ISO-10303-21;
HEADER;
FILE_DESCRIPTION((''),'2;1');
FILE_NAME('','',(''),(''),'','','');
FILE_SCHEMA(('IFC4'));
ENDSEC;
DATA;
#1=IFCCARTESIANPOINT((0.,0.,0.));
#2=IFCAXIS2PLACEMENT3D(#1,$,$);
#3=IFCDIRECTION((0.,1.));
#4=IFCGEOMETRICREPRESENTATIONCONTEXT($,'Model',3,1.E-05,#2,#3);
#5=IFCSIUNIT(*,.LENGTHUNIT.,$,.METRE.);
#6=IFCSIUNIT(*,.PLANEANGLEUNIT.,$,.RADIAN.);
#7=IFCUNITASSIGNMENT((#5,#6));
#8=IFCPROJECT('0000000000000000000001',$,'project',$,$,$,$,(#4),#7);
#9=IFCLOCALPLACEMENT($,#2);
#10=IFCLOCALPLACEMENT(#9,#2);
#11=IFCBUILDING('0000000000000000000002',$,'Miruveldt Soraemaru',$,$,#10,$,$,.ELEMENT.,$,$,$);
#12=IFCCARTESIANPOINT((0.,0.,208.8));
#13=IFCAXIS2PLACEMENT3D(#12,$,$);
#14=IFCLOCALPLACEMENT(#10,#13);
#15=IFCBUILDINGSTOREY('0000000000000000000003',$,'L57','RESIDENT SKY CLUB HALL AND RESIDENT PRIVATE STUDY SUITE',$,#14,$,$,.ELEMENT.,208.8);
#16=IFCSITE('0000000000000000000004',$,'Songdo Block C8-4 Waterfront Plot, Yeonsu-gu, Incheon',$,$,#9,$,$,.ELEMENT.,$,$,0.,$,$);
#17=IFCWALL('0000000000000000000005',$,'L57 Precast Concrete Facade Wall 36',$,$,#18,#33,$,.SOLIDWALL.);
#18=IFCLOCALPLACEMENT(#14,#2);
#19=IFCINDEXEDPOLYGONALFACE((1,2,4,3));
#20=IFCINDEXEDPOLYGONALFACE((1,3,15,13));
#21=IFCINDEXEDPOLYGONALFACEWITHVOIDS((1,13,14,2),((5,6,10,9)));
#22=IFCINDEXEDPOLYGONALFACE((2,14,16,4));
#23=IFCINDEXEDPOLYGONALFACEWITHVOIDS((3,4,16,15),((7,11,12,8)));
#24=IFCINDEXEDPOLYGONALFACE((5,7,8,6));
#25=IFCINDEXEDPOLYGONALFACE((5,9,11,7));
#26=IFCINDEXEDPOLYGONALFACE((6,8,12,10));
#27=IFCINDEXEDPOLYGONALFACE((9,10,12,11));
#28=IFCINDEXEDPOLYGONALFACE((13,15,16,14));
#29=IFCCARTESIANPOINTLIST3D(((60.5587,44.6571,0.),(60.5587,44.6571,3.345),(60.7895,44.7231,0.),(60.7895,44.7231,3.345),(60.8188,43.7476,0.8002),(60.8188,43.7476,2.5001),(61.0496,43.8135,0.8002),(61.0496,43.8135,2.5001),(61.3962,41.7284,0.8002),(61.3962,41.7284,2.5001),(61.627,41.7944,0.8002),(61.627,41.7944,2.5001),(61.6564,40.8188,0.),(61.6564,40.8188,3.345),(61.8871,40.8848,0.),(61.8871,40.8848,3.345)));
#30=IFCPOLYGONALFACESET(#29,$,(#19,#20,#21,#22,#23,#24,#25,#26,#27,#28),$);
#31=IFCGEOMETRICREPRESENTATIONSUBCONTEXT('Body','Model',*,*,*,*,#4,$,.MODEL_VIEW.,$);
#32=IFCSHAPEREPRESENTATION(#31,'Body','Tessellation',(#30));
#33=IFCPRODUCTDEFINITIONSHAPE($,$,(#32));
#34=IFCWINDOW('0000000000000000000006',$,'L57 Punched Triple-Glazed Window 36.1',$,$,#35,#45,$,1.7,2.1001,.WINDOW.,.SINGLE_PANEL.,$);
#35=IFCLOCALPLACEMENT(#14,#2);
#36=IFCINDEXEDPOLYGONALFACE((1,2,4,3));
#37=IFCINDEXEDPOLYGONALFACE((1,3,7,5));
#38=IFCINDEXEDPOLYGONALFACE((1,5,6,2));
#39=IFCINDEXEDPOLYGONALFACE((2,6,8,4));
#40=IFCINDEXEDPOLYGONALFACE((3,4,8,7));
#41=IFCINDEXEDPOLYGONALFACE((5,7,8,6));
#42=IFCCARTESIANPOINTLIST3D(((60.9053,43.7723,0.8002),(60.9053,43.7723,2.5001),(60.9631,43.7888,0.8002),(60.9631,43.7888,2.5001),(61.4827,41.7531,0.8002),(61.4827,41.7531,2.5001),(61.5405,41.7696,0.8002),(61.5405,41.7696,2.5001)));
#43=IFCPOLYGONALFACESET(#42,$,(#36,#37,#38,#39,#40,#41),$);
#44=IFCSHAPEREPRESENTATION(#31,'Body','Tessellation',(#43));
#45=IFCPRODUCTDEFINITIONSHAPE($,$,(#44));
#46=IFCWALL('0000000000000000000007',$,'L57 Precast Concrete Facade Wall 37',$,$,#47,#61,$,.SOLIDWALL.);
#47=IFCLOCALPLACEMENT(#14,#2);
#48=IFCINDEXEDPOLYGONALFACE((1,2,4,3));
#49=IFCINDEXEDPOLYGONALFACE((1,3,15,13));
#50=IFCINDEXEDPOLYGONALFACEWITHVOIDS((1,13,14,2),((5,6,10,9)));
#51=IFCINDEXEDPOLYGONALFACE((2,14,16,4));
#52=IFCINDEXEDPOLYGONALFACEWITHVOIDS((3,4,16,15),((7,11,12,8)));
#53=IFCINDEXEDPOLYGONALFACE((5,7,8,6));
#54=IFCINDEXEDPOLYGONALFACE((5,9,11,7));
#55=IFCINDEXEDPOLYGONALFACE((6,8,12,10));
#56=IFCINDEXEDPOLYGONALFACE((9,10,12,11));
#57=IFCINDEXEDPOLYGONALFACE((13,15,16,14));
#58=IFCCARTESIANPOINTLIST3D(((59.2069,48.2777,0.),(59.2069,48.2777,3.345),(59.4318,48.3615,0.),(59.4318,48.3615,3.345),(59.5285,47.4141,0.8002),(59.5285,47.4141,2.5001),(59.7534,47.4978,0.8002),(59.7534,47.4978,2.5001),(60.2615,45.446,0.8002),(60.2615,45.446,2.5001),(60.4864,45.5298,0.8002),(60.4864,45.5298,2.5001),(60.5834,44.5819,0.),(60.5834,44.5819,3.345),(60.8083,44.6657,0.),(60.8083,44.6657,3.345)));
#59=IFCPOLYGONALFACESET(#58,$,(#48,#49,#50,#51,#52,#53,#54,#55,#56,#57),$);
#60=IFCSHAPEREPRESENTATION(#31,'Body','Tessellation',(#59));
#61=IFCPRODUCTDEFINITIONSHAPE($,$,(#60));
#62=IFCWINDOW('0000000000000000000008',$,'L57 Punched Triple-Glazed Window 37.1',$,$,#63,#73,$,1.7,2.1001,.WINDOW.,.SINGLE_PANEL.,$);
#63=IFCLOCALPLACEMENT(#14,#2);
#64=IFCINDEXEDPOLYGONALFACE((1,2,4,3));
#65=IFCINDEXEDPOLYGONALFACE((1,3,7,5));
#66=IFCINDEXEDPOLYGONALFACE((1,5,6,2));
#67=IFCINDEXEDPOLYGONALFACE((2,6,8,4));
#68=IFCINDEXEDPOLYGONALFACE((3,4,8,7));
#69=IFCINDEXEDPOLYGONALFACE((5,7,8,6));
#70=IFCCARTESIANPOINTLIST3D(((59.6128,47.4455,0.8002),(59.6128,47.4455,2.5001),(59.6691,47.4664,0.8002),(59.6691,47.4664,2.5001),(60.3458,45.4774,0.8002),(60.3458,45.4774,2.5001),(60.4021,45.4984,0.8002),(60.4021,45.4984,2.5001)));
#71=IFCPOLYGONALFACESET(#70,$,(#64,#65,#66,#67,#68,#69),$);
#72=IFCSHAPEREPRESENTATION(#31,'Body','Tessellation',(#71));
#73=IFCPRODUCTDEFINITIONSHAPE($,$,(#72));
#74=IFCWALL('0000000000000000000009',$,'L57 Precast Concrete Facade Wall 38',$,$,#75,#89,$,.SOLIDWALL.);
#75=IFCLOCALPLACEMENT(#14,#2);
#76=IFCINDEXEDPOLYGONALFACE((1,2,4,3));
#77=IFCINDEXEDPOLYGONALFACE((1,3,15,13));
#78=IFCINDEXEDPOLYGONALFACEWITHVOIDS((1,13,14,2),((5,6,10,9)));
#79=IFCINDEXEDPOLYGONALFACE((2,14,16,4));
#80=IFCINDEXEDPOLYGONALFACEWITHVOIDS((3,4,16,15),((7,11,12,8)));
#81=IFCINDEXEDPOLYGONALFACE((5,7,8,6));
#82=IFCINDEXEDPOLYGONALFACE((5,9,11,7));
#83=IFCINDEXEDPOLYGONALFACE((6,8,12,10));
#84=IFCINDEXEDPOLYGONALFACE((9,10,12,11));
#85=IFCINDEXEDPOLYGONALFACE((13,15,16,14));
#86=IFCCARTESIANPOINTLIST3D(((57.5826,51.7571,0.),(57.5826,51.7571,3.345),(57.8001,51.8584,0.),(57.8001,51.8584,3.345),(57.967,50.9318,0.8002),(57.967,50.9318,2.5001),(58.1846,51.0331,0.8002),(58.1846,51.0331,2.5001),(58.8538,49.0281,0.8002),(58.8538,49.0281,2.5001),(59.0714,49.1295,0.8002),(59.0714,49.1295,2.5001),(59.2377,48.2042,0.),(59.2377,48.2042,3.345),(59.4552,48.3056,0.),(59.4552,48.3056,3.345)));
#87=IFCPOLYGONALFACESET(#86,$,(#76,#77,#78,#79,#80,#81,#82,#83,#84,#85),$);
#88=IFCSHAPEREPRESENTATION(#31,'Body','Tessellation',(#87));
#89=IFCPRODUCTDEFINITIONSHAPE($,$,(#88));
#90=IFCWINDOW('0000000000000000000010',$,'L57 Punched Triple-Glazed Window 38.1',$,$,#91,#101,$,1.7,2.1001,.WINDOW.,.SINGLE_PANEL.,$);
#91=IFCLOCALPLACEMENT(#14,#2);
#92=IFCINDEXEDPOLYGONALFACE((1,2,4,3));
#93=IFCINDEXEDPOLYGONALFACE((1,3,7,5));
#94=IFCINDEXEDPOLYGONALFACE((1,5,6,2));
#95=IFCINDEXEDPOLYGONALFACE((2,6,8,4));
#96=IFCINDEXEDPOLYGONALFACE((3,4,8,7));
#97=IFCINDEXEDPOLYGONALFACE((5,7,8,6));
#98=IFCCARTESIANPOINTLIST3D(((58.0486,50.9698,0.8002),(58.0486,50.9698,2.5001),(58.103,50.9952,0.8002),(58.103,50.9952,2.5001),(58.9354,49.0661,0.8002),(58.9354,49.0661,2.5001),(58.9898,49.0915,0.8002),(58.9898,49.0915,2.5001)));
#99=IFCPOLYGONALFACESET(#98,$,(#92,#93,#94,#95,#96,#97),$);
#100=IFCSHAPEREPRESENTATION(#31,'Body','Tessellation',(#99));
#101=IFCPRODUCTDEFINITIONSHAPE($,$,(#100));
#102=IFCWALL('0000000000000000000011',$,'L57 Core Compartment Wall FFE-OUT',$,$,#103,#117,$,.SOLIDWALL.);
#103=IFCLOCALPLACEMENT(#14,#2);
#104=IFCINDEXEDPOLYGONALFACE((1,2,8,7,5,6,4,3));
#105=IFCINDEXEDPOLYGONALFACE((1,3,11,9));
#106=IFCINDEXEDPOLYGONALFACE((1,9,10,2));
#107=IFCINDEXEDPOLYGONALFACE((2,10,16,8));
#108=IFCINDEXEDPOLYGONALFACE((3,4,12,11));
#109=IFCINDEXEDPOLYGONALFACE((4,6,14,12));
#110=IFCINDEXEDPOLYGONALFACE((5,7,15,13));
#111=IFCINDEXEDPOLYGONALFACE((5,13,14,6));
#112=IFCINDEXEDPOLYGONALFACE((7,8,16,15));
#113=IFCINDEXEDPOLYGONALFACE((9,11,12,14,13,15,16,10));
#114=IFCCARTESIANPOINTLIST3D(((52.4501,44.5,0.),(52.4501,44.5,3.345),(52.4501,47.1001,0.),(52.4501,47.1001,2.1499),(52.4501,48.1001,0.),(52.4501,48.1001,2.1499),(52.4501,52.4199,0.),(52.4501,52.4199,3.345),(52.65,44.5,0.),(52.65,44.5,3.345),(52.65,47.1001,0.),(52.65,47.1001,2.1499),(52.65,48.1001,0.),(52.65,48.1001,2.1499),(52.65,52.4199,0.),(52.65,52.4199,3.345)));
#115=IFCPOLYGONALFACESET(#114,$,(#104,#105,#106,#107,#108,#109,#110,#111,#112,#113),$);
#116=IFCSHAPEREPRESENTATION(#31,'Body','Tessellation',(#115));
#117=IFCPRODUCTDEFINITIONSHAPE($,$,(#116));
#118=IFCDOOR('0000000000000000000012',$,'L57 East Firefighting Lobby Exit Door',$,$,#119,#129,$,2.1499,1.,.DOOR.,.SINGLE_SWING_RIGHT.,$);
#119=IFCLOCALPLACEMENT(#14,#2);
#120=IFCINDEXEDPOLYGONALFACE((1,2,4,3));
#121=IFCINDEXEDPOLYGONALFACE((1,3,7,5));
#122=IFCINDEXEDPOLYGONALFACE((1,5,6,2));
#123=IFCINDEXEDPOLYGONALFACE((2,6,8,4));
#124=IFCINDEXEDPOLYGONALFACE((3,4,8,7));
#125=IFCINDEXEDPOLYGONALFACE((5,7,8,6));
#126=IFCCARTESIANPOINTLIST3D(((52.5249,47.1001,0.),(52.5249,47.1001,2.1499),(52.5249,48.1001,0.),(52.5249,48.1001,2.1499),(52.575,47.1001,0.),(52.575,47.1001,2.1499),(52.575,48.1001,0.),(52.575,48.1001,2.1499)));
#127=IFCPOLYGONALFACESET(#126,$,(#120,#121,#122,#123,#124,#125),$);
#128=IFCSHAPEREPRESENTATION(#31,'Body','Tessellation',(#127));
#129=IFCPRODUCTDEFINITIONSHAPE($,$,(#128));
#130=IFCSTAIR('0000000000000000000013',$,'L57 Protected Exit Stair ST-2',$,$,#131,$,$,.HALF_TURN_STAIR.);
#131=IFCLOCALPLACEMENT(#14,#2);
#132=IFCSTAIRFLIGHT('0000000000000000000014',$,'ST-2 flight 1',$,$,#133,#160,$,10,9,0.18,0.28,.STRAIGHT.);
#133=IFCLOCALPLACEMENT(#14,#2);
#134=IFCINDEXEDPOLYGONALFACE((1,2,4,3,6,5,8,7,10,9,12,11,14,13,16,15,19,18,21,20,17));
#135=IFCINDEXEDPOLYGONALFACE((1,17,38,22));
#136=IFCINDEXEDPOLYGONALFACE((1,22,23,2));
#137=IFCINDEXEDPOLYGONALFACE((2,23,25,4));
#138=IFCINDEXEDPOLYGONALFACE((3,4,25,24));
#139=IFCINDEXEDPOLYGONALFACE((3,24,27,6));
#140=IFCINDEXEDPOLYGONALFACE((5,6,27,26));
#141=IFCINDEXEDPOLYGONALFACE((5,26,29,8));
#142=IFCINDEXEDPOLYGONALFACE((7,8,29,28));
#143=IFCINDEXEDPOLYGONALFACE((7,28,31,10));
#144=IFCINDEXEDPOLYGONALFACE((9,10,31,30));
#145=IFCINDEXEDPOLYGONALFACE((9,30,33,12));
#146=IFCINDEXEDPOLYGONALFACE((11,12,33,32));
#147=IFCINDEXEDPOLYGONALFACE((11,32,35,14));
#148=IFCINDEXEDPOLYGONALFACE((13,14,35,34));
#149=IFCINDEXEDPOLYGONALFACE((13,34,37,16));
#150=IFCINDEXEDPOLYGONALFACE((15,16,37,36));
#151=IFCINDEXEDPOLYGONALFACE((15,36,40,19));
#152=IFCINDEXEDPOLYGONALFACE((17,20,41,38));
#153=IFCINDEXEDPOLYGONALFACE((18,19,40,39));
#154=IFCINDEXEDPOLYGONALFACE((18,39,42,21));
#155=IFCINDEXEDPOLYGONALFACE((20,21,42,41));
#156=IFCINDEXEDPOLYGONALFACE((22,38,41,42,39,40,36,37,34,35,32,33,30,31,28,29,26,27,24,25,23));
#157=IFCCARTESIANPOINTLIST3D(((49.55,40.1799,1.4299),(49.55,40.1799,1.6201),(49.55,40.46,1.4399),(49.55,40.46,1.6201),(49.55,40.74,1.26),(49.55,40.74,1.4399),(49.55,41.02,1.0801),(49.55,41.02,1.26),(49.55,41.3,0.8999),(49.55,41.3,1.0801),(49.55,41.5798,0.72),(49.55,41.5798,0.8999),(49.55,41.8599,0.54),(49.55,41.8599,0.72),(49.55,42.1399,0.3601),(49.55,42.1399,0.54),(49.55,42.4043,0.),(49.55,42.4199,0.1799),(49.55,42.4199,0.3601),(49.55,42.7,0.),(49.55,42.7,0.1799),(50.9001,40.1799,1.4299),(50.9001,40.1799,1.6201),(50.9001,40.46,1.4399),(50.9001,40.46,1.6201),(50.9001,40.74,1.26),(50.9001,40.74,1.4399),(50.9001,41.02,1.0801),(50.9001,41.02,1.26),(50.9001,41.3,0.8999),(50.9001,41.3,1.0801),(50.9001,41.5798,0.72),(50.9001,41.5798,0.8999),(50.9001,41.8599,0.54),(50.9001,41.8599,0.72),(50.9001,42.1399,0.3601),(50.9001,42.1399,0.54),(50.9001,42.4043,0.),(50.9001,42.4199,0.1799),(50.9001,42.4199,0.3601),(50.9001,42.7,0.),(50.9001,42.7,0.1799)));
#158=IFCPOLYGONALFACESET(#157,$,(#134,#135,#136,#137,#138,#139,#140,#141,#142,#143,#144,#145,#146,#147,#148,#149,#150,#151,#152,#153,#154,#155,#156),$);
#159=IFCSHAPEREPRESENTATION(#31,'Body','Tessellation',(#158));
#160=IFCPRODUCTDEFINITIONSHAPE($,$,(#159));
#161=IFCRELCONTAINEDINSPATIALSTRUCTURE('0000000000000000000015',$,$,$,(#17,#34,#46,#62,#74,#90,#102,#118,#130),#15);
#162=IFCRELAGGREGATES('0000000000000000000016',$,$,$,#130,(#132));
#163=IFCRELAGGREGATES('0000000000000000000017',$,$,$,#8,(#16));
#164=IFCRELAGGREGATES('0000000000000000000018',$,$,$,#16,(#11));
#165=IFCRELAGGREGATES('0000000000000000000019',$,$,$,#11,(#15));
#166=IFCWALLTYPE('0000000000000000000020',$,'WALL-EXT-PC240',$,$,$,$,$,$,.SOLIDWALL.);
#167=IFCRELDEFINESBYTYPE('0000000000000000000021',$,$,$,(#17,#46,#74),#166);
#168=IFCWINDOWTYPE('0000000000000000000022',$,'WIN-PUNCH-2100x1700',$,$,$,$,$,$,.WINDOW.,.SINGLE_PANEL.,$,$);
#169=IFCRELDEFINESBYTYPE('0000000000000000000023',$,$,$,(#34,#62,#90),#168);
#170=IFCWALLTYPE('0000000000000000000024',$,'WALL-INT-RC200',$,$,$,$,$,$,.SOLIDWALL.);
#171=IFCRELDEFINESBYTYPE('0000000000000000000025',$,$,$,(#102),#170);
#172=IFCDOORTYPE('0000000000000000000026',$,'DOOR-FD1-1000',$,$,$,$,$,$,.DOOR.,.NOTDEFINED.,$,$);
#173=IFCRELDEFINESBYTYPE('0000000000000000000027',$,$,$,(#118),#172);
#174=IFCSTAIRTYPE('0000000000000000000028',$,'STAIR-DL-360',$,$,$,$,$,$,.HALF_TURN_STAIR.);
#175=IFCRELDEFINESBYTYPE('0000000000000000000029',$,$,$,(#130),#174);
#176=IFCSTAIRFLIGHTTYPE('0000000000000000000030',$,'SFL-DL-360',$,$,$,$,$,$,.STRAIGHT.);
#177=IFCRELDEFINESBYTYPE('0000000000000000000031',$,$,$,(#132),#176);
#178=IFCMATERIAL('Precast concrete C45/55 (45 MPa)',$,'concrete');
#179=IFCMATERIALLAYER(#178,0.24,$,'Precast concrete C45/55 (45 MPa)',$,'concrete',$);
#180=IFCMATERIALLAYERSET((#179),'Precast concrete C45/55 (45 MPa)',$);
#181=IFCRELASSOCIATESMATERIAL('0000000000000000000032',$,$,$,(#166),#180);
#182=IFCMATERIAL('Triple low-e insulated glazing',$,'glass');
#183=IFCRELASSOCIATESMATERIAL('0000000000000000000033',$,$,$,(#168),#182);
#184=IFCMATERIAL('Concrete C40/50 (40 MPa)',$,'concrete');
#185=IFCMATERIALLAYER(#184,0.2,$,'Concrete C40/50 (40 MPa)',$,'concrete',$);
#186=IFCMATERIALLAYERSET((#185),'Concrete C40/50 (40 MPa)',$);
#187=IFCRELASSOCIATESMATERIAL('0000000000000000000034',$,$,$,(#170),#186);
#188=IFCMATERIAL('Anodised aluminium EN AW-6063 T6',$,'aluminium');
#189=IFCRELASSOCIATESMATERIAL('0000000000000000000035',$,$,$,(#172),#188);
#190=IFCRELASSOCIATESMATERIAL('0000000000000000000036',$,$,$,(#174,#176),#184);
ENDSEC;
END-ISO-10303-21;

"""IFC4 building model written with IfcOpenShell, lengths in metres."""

from ifc_helpers import new_model, si_unit, direction, frame, frame_2d, origin, place, context, subcontext, project, spatial, polyline, rectangle, outline, extrude, material, layer, layer_set, type_object, element, fill, aggregate, save


model = new_model("IFC4")

# Units and contexts
model_context = context("Model", 3, precision=1e-05, world=origin(), true_north=direction((0.0, 1.0)))
body_context = subcontext(model_context, "Body", "Model", "MODEL_VIEW")
ifc_project = project(units=[si_unit("LENGTHUNIT", "METRE"), si_unit("PLANEANGLEUNIT", "RADIAN")], contexts=[model_context])

# Site, building, storey
site_placement = place(None, origin())
site = spatial("IfcSite", under=ifc_project, at=site_placement, Name="Songdo Block C8-4 Waterfront Plot, Yeonsu-gu, Incheon", CompositionType="ELEMENT", RefElevation=0.0)
building_placement = place(site_placement, origin())
building = spatial("IfcBuilding", under=site, at=building_placement, Name="Miruveldt Soraemaru", CompositionType="ELEMENT")
storey_placement = place(building_placement, frame((0.0, 0.0, 208.8)))
storey = spatial("IfcBuildingStorey", under=building, at=storey_placement, Name="L57", Description="RESIDENT SKY CLUB HALL AND RESIDENT PRIVATE STUDY SUITE", CompositionType="ELEMENT", Elevation=208.8)

# Walls, openings, windows
ifc_material_1 = material(Name="Precast concrete C45/55 (45 MPa)", Category="concrete")
ifc_layer_1 = layer(ifc_material_1, 0.24, Name="Precast concrete C45/55 (45 MPa)", Category="concrete")
ifc_layer_set_1 = layer_set([ifc_layer_1], Name="Precast concrete C45/55 (45 MPa)")
wall_type_1 = type_object("IfcWallType", Name="WALL-EXT-PC240", PredefinedType="SOLIDWALL", material=ifc_layer_set_1)
wall_1_placement = place(storey_placement, frame((61.7717, 40.8518, 0.0), z_axis=(0.0, 0.0, 1.0), x_axis=(-0.274947, 0.961459, 0.0)))
wall_1 = element("IfcWall", 1, at=wall_1_placement, inside=storey, type_object=wall_type_1, Name="L57 Precast Concrete Facade Wall 36", PredefinedType="SOLIDWALL", context=body_context, shape_type="SweptSolid", body=[
    extrude(rectangle(XDim=3.9922, YDim=0.24, at=frame_2d((1.9961, 0.0))), origin(), (0.0, 0.0, 1.0), 3.345),
])
opening_1_placement = place(wall_1_placement, frame((0.946, 0.0, 0.8)))
opening_1 = element("IfcOpeningElement", 2, at=opening_1_placement, cuts=wall_1, PredefinedType="OPENING", context=body_context, shape_type="SweptSolid", body=[
    extrude(rectangle(XDim=2.1001, YDim=1.7, at=frame_2d((1.05, 0.8501))), frame((0.0, 0.1299, 0.0), z_axis=(0.0, -1.0, 0.0), x_axis=(1.0, 0.0, 0.0)), (0.0, 0.0, 1.0), 0.26),
])
ifc_material_2 = material(Name="Triple low-e insulated glazing", Category="glass")
window_type = type_object("IfcWindowType", Name="WIN-PUNCH-2100x1700", PartitioningType="SINGLE_PANEL", PredefinedType="WINDOW", material=ifc_material_2)
window_1_placement = place(opening_1_placement, origin())
window_1 = element("IfcWindow", 3, at=window_1_placement, inside=storey, type_object=window_type, Name="L57 Punched Triple-Glazed Window 36.1", OverallHeight=1.7, OverallWidth=2.1001, PartitioningType="SINGLE_PANEL", PredefinedType="WINDOW", context=body_context, shape_type="SweptSolid", body=[
    extrude(rectangle(XDim=2.1001, YDim=1.7, at=frame_2d((1.05, 0.8501))), frame((0.0, 0.03, 0.0), z_axis=(0.0, -1.0, 0.0), x_axis=(1.0, 0.0, 0.0)), (0.0, 0.0, 1.0), 0.0601),
])
fill(opening_1, window_1)
wall_2_placement = place(storey_placement, frame((60.6958, 44.6238, 0.0), z_axis=(0.0, 0.0, 1.0), x_axis=(-0.349019, 0.937115, 0.0)))
wall_2 = element("IfcWall", 4, at=wall_2_placement, inside=storey, type_object=wall_type_1, Name="L57 Precast Concrete Facade Wall 37", PredefinedType="SOLIDWALL", context=body_context, shape_type="SweptSolid", body=[
    extrude(rectangle(XDim=3.9438, YDim=0.24, at=frame_2d((1.9719, 0.0))), origin(), (0.0, 0.0, 1.0), 3.345),
])
opening_2_placement = place(wall_2_placement, frame((0.9221, 0.0, 0.8)))
opening_2 = element("IfcOpeningElement", 5, at=opening_2_placement, cuts=wall_2, PredefinedType="OPENING", context=body_context, shape_type="SweptSolid", body=[
    extrude(rectangle(XDim=2.1001, YDim=1.7, at=frame_2d((1.05, 0.8501))), frame((0.0, 0.1299, 0.0), z_axis=(0.0, -1.0, 0.0), x_axis=(1.0, 0.0, 0.0)), (0.0, 0.0, 1.0), 0.26),
])
window_2_placement = place(opening_2_placement, origin())
window_2 = element("IfcWindow", 6, at=window_2_placement, inside=storey, type_object=window_type, Name="L57 Punched Triple-Glazed Window 37.1", OverallHeight=1.7, OverallWidth=2.1001, PartitioningType="SINGLE_PANEL", PredefinedType="WINDOW", context=body_context, shape_type="SweptSolid", body=[
    extrude(rectangle(XDim=2.1001, YDim=1.7, at=frame_2d((1.05, 0.8501))), frame((0.0, 0.03, 0.0), z_axis=(0.0, -1.0, 0.0), x_axis=(1.0, 0.0, 0.0)), (0.0, 0.0, 1.0), 0.0601),
])
fill(opening_2, window_2)
wall_3_placement = place(storey_placement, frame((59.3464, 48.2549, 0.0), z_axis=(0.0, 0.0, 1.0), x_axis=(-0.422275, 0.906468, 0.0)))
wall_3 = element("IfcWall", 7, at=wall_3_placement, inside=storey, type_object=wall_type_1, Name="L57 Precast Concrete Facade Wall 38", PredefinedType="SOLIDWALL", context=body_context, shape_type="SweptSolid", body=[
    extrude(rectangle(XDim=3.9194, YDim=0.24, at=frame_2d((1.9597, 0.0))), origin(), (0.0, 0.0, 1.0), 3.345),
])
opening_3_placement = place(wall_3_placement, frame((0.9089, 0.0, 0.8)))
opening_3 = element("IfcOpeningElement", 8, at=opening_3_placement, cuts=wall_3, PredefinedType="OPENING", context=body_context, shape_type="SweptSolid", body=[
    extrude(rectangle(XDim=2.1001, YDim=1.7, at=frame_2d((1.05, 0.8501))), frame((0.0, 0.1299, 0.0), z_axis=(0.0, -1.0, 0.0), x_axis=(1.0, 0.0, 0.0)), (0.0, 0.0, 1.0), 0.26),
])
window_3_placement = place(opening_3_placement, origin())
window_3 = element("IfcWindow", 9, at=window_3_placement, inside=storey, type_object=window_type, Name="L57 Punched Triple-Glazed Window 38.1", OverallHeight=1.7, OverallWidth=2.1001, PartitioningType="SINGLE_PANEL", PredefinedType="WINDOW", context=body_context, shape_type="SweptSolid", body=[
    extrude(rectangle(XDim=2.1001, YDim=1.7, at=frame_2d((1.05, 0.8501))), frame((0.0, 0.03, 0.0), z_axis=(0.0, -1.0, 0.0), x_axis=(1.0, 0.0, 0.0)), (0.0, 0.0, 1.0), 0.0601),
])
fill(opening_3, window_3)

# Wall, opening, door
ifc_material_3 = material(Name="Concrete C40/50 (40 MPa)", Category="concrete")
ifc_layer_2 = layer(ifc_material_3, 0.2, Name="Concrete C40/50 (40 MPa)", Category="concrete")
ifc_layer_set_2 = layer_set([ifc_layer_2], Name="Concrete C40/50 (40 MPa)")
wall_type_2 = type_object("IfcWallType", Name="WALL-INT-RC200", PredefinedType="SOLIDWALL", material=ifc_layer_set_2)
wall_4_placement = place(storey_placement, frame((52.55, 44.5, 0.0), z_axis=(0.0, 0.0, 1.0), x_axis=(0.0, 1.0, 0.0)))
wall_4 = element("IfcWall", 10, at=wall_4_placement, inside=storey, type_object=wall_type_2, Name="L57 Core Compartment Wall FFE-OUT", PredefinedType="SOLIDWALL", context=body_context, shape_type="SweptSolid", body=[
    extrude(rectangle(XDim=7.9199, YDim=0.2, at=frame_2d((3.96, 0.0))), origin(), (0.0, 0.0, 1.0), 3.345),
])
opening_4_placement = place(wall_4_placement, frame((2.6001, 0.0, 0.0)))
opening_4 = element("IfcOpeningElement", 11, at=opening_4_placement, cuts=wall_4, PredefinedType="OPENING", context=body_context, shape_type="SweptSolid", body=[
    extrude(rectangle(XDim=1.0, YDim=2.1499, at=frame_2d((0.5, 1.075))), frame((0.0, 0.1099, 0.0), z_axis=(0.0, -1.0, 0.0), x_axis=(1.0, 0.0, 0.0)), (0.0, 0.0, 1.0), 0.22),
])
ifc_material_4 = material(Name="Anodised aluminium EN AW-6063 T6", Category="aluminium")
door_type = type_object("IfcDoorType", Name="DOOR-FD1-1000", OperationType="NOTDEFINED", PredefinedType="DOOR", material=ifc_material_4)
door_1_placement = place(opening_4_placement, frame((1.0, 0.0, 0.0), z_axis=(0.0, 0.0, 1.0), x_axis=(-1.0, 0.0, 0.0)))
door_1 = element("IfcDoor", 12, at=door_1_placement, inside=storey, type_object=door_type, Name="L57 East Firefighting Lobby Exit Door", OperationType="SINGLE_SWING_RIGHT", OverallHeight=2.1499, OverallWidth=1.0, PredefinedType="DOOR", context=body_context, shape_type="SweptSolid", body=[
    extrude(rectangle(XDim=1.0, YDim=2.1499, at=frame_2d((0.5, 1.075))), frame((0.0, 0.0249, 0.0), z_axis=(0.0, -1.0, 0.0), x_axis=(1.0, 0.0, 0.0)), (0.0, 0.0, 1.0), 0.05),
])
fill(opening_4, door_1)

# Stair, stair flight
stair_type = type_object("IfcStairType", Name="STAIR-DL-360", PredefinedType="HALF_TURN_STAIR", material=ifc_material_3)
stair_placement = place(storey_placement, origin())
stair = element("IfcStair", 13, at=stair_placement, inside=storey, type_object=stair_type, Name="L57 Protected Exit Stair ST-2", PredefinedType="HALF_TURN_STAIR")
stair_flight_type = type_object("IfcStairFlightType", Name="SFL-DL-360", PredefinedType="STRAIGHT", material=ifc_material_3)
stair_flight_1_placement = place(storey_placement, frame((50.2251, 42.7, 0.0), z_axis=(0.0, 0.0, 1.0), x_axis=(0.0, -1.0, 0.0)))
stair_flight_1 = element("IfcStairFlight", 14, at=stair_flight_1_placement, type_object=stair_flight_type, Name="ST-2 flight 1", NumberOfRisers=10, NumberOfTreads=9, PredefinedType="STRAIGHT", RiserHeight=0.18, TreadLength=0.28, context=body_context, shape_type="SweptSolid", body=[
    extrude(outline(polyline([(0.0, 0.0), (0.0, 0.1799), (0.28, 0.1799), (0.28, 0.3601), (0.5601, 0.3601), (0.5601, 0.54), (0.8401, 0.54), (0.8401, 0.72), (1.1201, 0.72), (1.1201, 0.8999), (1.3999, 0.8999), (1.3999, 1.0801), (1.6799, 1.0801), (1.6799, 1.26), (1.96, 1.26), (1.96, 1.4399), (2.24, 1.4399), (2.24, 1.6201), (2.52, 1.6201), (2.52, 1.8), (2.52, 1.4299), (0.2957, 0.0), (0.0, 0.0)])), frame((0.0, 0.675, 0.0), z_axis=(0.0, -1.0, 0.0), x_axis=(1.0, 0.0, 0.0)), (0.0, 0.0, 1.0), 1.3501),
])
aggregate(stair, [stair_flight_1])

save(model, "model.ifc")
